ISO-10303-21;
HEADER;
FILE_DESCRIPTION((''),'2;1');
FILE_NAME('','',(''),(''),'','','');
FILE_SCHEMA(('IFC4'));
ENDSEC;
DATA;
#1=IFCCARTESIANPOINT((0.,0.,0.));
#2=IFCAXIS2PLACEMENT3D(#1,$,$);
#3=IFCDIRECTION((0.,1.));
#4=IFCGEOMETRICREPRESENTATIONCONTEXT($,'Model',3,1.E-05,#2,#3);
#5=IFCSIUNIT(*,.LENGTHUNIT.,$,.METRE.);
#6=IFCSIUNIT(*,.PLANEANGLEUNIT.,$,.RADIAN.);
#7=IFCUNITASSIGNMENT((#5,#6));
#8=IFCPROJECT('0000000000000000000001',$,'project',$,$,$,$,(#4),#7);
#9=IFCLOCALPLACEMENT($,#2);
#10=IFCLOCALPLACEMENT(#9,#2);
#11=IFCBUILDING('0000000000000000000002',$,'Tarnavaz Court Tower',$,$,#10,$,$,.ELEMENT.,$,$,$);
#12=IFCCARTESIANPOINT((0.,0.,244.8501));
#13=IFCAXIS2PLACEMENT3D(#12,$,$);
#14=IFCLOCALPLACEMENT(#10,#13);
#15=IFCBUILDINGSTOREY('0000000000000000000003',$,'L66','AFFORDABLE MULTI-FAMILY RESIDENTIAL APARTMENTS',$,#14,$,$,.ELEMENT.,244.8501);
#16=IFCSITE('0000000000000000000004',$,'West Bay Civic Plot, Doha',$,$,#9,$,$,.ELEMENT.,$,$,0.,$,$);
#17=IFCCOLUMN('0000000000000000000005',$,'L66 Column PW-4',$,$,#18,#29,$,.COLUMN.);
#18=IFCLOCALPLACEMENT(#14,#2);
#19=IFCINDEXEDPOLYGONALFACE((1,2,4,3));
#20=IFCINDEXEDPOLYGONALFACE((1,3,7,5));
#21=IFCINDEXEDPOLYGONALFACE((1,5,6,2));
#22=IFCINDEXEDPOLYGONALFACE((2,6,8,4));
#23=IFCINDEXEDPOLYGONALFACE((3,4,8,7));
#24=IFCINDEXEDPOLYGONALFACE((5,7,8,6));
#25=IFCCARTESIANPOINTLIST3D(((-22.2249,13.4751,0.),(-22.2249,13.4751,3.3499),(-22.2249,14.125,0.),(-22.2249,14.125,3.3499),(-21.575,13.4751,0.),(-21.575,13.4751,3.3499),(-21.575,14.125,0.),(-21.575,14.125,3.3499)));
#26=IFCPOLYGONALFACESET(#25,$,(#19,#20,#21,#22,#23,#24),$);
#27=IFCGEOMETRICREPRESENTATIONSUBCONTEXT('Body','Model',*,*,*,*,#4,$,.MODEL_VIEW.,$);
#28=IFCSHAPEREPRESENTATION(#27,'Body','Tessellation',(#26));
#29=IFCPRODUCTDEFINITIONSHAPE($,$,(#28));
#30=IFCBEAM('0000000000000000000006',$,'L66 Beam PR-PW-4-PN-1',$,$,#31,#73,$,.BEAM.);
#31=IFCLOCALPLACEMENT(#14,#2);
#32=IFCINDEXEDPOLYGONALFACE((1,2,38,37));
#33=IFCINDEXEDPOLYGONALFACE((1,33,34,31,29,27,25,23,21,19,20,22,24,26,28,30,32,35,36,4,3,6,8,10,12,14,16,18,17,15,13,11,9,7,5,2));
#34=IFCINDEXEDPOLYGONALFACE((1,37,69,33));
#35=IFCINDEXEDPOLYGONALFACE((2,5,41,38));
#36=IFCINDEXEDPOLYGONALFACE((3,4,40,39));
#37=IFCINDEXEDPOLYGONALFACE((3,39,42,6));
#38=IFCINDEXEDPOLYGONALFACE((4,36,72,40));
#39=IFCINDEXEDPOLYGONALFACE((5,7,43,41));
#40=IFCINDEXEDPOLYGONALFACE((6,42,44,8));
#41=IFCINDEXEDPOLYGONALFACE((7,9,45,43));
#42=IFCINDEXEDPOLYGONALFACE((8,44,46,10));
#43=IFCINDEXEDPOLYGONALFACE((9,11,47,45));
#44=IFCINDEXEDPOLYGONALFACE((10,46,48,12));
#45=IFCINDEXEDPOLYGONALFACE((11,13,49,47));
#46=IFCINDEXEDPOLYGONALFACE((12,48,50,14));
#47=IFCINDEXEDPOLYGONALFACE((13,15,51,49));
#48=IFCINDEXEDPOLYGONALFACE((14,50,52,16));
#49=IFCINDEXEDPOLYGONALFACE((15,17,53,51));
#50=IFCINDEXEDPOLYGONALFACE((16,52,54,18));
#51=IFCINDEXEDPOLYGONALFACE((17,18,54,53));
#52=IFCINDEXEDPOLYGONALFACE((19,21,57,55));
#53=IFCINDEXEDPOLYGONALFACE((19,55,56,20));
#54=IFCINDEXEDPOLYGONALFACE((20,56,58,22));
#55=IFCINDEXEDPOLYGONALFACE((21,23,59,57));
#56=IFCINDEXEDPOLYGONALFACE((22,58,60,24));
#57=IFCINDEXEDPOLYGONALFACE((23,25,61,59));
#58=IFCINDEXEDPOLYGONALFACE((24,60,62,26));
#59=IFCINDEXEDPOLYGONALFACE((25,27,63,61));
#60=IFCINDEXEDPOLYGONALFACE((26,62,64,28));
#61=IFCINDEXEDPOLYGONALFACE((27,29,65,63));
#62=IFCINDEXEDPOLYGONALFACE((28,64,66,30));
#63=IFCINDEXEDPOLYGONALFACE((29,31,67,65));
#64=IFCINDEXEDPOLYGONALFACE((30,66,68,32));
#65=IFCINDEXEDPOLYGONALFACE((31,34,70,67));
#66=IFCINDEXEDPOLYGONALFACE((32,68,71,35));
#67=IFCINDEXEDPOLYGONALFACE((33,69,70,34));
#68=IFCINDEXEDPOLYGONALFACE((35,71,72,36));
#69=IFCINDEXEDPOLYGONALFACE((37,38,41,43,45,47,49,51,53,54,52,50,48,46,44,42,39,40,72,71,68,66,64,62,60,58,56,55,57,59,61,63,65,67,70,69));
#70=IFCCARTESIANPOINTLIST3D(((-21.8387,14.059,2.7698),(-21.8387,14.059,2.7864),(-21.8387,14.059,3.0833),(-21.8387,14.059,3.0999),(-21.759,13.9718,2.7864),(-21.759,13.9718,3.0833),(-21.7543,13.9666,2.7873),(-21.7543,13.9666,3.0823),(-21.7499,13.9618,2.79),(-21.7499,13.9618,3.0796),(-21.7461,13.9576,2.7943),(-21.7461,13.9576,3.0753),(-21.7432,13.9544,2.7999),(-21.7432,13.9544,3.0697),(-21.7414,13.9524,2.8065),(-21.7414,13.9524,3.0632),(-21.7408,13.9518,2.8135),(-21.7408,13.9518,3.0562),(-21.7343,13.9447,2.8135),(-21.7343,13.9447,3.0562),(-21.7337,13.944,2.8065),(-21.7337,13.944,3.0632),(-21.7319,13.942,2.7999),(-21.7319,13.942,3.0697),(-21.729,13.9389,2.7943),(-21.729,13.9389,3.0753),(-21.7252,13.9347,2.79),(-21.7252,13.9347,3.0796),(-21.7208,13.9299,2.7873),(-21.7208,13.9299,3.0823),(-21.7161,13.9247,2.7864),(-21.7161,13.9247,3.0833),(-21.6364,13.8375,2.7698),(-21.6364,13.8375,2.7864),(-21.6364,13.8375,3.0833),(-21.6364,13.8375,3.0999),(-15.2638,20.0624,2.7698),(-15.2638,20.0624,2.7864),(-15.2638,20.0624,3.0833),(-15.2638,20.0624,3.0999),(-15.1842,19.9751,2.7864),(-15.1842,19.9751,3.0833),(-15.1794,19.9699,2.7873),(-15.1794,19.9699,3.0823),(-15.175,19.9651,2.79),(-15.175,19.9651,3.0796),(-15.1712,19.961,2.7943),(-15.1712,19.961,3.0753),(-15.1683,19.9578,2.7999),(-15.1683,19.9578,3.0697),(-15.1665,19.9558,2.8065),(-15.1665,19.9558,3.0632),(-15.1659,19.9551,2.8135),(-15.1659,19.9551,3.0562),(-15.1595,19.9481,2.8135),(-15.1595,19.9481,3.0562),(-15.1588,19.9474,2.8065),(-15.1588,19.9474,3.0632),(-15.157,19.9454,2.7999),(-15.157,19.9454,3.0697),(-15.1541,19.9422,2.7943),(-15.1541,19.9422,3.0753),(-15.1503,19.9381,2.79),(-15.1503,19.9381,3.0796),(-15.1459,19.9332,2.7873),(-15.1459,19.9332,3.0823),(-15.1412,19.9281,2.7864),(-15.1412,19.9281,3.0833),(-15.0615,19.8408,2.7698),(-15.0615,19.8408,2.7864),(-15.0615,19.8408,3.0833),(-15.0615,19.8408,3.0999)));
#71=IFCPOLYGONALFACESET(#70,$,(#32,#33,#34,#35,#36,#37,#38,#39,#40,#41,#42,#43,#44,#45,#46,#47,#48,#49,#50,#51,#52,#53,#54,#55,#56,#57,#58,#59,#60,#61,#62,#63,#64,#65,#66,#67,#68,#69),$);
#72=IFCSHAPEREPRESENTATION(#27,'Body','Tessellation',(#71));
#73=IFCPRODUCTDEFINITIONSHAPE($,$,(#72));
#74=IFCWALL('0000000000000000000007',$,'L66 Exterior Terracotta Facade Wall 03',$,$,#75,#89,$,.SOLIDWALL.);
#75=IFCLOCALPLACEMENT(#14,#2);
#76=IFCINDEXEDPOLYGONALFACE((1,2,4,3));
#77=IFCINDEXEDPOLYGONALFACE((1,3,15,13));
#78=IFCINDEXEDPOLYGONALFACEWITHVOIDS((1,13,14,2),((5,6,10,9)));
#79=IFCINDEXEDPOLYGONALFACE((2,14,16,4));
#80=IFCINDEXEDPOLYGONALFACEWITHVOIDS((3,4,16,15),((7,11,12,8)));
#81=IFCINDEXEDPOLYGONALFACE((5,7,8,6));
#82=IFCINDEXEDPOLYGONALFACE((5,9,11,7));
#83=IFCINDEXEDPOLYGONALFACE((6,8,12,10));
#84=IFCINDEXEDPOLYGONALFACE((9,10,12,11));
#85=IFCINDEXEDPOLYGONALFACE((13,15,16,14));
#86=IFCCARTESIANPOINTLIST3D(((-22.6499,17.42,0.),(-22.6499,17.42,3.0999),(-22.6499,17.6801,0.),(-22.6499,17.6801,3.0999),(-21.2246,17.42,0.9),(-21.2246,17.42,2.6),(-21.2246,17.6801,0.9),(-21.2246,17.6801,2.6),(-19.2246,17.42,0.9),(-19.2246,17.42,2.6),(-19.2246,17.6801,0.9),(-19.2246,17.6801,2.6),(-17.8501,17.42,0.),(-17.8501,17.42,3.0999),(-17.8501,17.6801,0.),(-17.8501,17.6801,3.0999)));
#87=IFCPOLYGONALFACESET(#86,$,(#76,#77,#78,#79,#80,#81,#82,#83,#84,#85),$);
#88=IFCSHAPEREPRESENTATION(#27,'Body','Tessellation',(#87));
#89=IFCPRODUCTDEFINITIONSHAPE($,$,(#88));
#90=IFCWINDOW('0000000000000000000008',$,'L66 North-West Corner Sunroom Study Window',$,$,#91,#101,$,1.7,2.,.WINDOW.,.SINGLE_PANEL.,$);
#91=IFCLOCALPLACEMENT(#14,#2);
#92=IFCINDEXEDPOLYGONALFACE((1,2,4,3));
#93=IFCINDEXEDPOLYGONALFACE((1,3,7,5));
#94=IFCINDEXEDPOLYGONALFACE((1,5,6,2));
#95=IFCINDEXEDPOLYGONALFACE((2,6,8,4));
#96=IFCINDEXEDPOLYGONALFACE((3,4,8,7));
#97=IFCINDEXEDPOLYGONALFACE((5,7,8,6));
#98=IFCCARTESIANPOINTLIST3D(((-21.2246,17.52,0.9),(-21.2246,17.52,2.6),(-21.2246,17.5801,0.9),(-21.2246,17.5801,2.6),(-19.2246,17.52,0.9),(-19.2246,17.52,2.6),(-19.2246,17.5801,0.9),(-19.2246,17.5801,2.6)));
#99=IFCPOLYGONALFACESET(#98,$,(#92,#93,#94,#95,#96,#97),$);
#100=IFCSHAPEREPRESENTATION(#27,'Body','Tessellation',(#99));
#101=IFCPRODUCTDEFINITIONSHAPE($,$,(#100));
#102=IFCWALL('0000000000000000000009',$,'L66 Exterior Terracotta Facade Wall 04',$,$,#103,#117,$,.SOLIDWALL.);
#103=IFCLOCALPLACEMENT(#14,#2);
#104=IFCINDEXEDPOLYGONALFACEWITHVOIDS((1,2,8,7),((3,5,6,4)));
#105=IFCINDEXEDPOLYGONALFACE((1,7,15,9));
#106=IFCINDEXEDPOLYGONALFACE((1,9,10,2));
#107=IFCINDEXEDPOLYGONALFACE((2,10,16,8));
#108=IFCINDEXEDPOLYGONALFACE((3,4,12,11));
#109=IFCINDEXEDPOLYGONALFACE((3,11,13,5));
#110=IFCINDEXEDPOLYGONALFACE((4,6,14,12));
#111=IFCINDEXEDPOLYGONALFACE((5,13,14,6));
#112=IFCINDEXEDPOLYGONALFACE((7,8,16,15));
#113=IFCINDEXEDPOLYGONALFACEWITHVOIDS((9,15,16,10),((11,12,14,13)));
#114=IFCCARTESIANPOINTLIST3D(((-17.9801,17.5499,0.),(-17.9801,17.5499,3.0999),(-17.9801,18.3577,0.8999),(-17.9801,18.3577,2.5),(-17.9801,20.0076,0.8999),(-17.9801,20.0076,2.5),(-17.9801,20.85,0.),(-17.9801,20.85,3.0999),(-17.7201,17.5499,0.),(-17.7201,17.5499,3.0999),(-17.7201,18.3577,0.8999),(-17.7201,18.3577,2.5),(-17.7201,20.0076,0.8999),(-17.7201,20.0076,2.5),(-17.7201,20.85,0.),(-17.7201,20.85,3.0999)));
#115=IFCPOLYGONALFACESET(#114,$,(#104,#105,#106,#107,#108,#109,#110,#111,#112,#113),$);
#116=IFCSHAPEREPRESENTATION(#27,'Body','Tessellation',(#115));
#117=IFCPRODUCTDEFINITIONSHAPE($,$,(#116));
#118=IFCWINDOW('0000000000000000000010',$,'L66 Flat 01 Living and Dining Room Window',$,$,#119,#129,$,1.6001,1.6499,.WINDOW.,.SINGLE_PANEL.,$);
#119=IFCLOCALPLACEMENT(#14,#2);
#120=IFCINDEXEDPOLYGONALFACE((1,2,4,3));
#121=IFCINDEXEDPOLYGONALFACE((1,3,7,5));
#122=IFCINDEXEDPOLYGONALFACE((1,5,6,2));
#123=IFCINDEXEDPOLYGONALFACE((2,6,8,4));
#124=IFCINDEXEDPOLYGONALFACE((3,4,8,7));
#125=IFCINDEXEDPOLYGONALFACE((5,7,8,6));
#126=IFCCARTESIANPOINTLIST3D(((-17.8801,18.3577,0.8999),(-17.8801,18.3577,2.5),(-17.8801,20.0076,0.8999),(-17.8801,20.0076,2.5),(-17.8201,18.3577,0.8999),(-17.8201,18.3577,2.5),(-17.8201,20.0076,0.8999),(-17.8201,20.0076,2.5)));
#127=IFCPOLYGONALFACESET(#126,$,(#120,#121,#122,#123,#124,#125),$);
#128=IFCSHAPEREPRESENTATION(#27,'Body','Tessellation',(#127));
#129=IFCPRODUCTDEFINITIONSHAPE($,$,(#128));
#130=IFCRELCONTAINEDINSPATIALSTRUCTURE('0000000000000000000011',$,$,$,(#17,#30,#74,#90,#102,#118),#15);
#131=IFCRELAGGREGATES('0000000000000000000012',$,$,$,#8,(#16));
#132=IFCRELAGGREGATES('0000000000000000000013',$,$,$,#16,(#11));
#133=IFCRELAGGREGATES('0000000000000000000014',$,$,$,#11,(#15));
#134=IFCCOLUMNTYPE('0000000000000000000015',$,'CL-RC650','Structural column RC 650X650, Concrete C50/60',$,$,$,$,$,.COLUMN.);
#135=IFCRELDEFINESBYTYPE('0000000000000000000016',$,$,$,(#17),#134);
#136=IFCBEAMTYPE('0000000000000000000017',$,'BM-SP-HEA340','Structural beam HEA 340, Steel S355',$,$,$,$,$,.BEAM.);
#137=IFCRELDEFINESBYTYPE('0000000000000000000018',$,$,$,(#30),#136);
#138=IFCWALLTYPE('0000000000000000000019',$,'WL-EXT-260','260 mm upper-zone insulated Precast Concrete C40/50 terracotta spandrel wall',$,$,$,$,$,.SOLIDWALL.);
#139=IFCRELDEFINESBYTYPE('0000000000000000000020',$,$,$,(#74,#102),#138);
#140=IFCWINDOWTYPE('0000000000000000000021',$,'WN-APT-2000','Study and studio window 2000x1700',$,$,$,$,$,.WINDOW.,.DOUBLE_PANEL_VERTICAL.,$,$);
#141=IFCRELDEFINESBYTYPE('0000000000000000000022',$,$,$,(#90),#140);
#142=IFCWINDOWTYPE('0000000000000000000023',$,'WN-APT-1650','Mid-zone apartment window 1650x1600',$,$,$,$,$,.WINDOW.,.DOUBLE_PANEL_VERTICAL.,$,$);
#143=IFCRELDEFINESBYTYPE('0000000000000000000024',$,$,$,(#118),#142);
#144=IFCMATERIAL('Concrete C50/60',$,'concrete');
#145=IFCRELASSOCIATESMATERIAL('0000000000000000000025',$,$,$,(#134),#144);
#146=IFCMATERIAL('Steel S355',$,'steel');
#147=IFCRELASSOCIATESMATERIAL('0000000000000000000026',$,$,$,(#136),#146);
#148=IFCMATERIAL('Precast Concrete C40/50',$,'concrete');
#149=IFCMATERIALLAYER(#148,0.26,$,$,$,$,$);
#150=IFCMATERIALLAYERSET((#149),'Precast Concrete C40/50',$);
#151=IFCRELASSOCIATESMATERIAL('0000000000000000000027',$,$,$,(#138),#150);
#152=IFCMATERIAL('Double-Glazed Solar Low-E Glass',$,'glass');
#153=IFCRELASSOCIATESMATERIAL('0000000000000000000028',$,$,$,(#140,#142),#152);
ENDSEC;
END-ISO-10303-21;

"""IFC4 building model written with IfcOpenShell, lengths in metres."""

from ifc_helpers import new_model, si_unit, direction, frame, frame_2d, origin, origin_2d, place, context, subcontext, project, spatial, rectangle, i_section, extrude, material, layer, layer_set, material_profile, profile_set, type_object, element, fill, save


model = new_model("IFC4")

# Units and contexts
model_context = context("Model", 3, precision=1e-05, world=origin(), true_north=direction((0.0, 1.0)))
body_context = subcontext(model_context, "Body", "Model", "MODEL_VIEW")
ifc_project = project(units=[si_unit("LENGTHUNIT", "METRE"), si_unit("PLANEANGLEUNIT", "RADIAN")], contexts=[model_context])

# Site, building, storey
site_placement = place(None, origin())
site = spatial("IfcSite", under=ifc_project, at=site_placement, Name="West Bay Civic Plot, Doha", CompositionType="ELEMENT", RefElevation=0.0)
building_placement = place(site_placement, origin())
building = spatial("IfcBuilding", under=site, at=building_placement, Name="Tarnavaz Court Tower", CompositionType="ELEMENT")
storey_placement = place(building_placement, frame((0.0, 0.0, 244.8501)))
storey = spatial("IfcBuildingStorey", under=building, at=storey_placement, Name="L66", Description="AFFORDABLE MULTI-FAMILY RESIDENTIAL APARTMENTS", CompositionType="ELEMENT", Elevation=244.8501)

# Column
ifc_material_1 = material(Name="Concrete C50/60", Category="concrete")
ifc_material_profile_1 = material_profile(ifc_material_1, rectangle(XDim=0.6499, YDim=0.6499, at=origin_2d()), Name="RC 650X650")
ifc_profile_set_1 = profile_set([ifc_material_profile_1], Name="Concrete C50/60")
column_type = type_object("IfcColumnType", Name="CL-RC650", Description="Structural column RC 650X650, Concrete C50/60", PredefinedType="COLUMN", material=ifc_profile_set_1)
column_placement = place(storey_placement, frame((-21.8999, 13.8, 0.0), z_axis=(0.0, 0.0, 1.0), x_axis=(1.0, 0.0, 0.0)))
element("IfcColumn", 1, at=column_placement, inside=storey, type_object=column_type, Name="L66 Column PW-4", PredefinedType="COLUMN", context=body_context, shape_type="SweptSolid", body=[
    extrude(rectangle(XDim=0.6499, YDim=0.6499, at=origin_2d()), origin(), (0.0, 0.0, 1.0), 3.3499),
])

# Beam
ifc_material_2 = material(Name="Steel S355", Category="steel")
ifc_material_profile_2 = material_profile(ifc_material_2, i_section(OverallWidth=0.3, OverallDepth=0.3301, WebThickness=0.0095, FlangeThickness=0.0166, FilletRadius=0.0271, at=origin_2d()), Name="HEA 340")
ifc_profile_set_2 = profile_set([ifc_material_profile_2], Name="Steel S355")
beam_type = type_object("IfcBeamType", Name="BM-SP-HEA340", Description="Structural beam HEA 340, Steel S355", PredefinedType="BEAM", material=ifc_profile_set_2)
beam_placement = place(storey_placement, frame((-21.7375, 13.9482, 2.9348), z_axis=(0.738474, 0.674282, 0.0), x_axis=(-0.674282, 0.738474, 0.0)))
element("IfcBeam", 2, at=beam_placement, inside=storey, type_object=beam_type, Name="L66 Beam PR-PW-4-PN-1", PredefinedType="BEAM", context=body_context, shape_type="SweptSolid", body=[
    extrude(i_section(OverallWidth=0.3, OverallDepth=0.3301, WebThickness=0.0095, FlangeThickness=0.0166, FilletRadius=0.0271, at=origin_2d()), origin(), (0.0, 0.0, 1.0), 8.9033),
])

# Walls, openings, windows
ifc_material_3 = material(Name="Precast Concrete C40/50", Category="concrete")
ifc_layer_1 = layer(ifc_material_3, 0.26)
ifc_layer_set_1 = layer_set([ifc_layer_1], Name="Precast Concrete C40/50")
wall_type_1 = type_object("IfcWallType", Name="WL-EXT-260", Description="260 mm upper-zone insulated Precast Concrete C40/50 terracotta spandrel wall", PredefinedType="SOLIDWALL", material=ifc_layer_set_1)
wall_1_placement = place(storey_placement, frame((-22.6499, 17.55, 0.0), z_axis=(0.0, 0.0, 1.0), x_axis=(1.0, 0.0, 0.0)))
wall_1 = element("IfcWall", 3, at=wall_1_placement, inside=storey, type_object=wall_type_1, Name="L66 Exterior Terracotta Facade Wall 03", PredefinedType="SOLIDWALL", context=body_context, shape_type="SweptSolid", body=[
    extrude(rectangle(XDim=4.7998, YDim=0.26, at=frame_2d((2.3999, 0.0))), origin(), (0.0, 0.0, 1.0), 3.0999),
])
opening_1_placement = place(wall_1_placement, frame((1.4253, 0.0, 0.8999)))
opening_1 = element("IfcOpeningElement", 4, at=opening_1_placement, cuts=wall_1, PredefinedType="OPENING", context=body_context, shape_type="SweptSolid", body=[
    extrude(rectangle(XDim=2.0, YDim=1.7, at=frame_2d((1.0, 0.8501))), frame((0.0, 0.1399, 0.0), z_axis=(0.0, -1.0, 0.0), x_axis=(1.0, 0.0, 0.0)), (0.0, 0.0, 1.0), 0.28),
])
ifc_material_4 = material(Name="Double-Glazed Solar Low-E Glass", Category="glass")
window_type_1 = type_object("IfcWindowType", Name="WN-APT-2000", Description="Study and studio window 2000x1700", PartitioningType="DOUBLE_PANEL_VERTICAL", PredefinedType="WINDOW", material=ifc_material_4)
window_1_placement = place(opening_1_placement, origin())
window_1 = element("IfcWindow", 5, at=window_1_placement, inside=storey, type_object=window_type_1, Name="L66 North-West Corner Sunroom Study Window", OverallHeight=1.7, OverallWidth=2.0, PartitioningType="SINGLE_PANEL", PredefinedType="WINDOW", context=body_context, shape_type="SweptSolid", body=[
    extrude(rectangle(XDim=2.0, YDim=1.7, at=frame_2d((1.0, 0.8501))), frame((0.0, 0.03, 0.0), z_axis=(0.0, -1.0, 0.0), x_axis=(1.0, 0.0, 0.0)), (0.0, 0.0, 1.0), 0.0601),
])
fill(opening_1, window_1)
wall_2_placement = place(storey_placement, frame((-17.8501, 17.55, 0.0), z_axis=(0.0, 0.0, 1.0), x_axis=(0.0, 1.0, 0.0)))
wall_2 = element("IfcWall", 6, at=wall_2_placement, inside=storey, type_object=wall_type_1, Name="L66 Exterior Terracotta Facade Wall 04", PredefinedType="SOLIDWALL", context=body_context, shape_type="SweptSolid", body=[
    extrude(rectangle(XDim=3.3, YDim=0.26, at=frame_2d((1.6499, 0.0))), origin(), (0.0, 0.0, 1.0), 3.0999),
])
opening_2_placement = place(wall_2_placement, frame((0.8076, 0.0, 0.8999)))
opening_2 = element("IfcOpeningElement", 7, at=opening_2_placement, cuts=wall_2, PredefinedType="OPENING", context=body_context, shape_type="SweptSolid", body=[
    extrude(rectangle(XDim=1.6499, YDim=1.6001, at=frame_2d((0.825, 0.8))), frame((0.0, 0.1399, 0.0), z_axis=(0.0, -1.0, 0.0), x_axis=(1.0, 0.0, 0.0)), (0.0, 0.0, 1.0), 0.28),
])
window_type_2 = type_object("IfcWindowType", Name="WN-APT-1650", Description="Mid-zone apartment window 1650x1600", PartitioningType="DOUBLE_PANEL_VERTICAL", PredefinedType="WINDOW", material=ifc_material_4)
window_2_placement = place(opening_2_placement, origin())
window_2 = element("IfcWindow", 8, at=window_2_placement, inside=storey, type_object=window_type_2, Name="L66 Flat 01 Living and Dining Room Window", OverallHeight=1.6001, OverallWidth=1.6499, PartitioningType="SINGLE_PANEL", PredefinedType="WINDOW", context=body_context, shape_type="SweptSolid", body=[
    extrude(rectangle(XDim=1.6499, YDim=1.6001, at=frame_2d((0.825, 0.8))), frame((0.0, 0.03, 0.0), z_axis=(0.0, -1.0, 0.0), x_axis=(1.0, 0.0, 0.0)), (0.0, 0.0, 1.0), 0.0601),
])
fill(opening_2, window_2)

save(model, "model.ifc")
